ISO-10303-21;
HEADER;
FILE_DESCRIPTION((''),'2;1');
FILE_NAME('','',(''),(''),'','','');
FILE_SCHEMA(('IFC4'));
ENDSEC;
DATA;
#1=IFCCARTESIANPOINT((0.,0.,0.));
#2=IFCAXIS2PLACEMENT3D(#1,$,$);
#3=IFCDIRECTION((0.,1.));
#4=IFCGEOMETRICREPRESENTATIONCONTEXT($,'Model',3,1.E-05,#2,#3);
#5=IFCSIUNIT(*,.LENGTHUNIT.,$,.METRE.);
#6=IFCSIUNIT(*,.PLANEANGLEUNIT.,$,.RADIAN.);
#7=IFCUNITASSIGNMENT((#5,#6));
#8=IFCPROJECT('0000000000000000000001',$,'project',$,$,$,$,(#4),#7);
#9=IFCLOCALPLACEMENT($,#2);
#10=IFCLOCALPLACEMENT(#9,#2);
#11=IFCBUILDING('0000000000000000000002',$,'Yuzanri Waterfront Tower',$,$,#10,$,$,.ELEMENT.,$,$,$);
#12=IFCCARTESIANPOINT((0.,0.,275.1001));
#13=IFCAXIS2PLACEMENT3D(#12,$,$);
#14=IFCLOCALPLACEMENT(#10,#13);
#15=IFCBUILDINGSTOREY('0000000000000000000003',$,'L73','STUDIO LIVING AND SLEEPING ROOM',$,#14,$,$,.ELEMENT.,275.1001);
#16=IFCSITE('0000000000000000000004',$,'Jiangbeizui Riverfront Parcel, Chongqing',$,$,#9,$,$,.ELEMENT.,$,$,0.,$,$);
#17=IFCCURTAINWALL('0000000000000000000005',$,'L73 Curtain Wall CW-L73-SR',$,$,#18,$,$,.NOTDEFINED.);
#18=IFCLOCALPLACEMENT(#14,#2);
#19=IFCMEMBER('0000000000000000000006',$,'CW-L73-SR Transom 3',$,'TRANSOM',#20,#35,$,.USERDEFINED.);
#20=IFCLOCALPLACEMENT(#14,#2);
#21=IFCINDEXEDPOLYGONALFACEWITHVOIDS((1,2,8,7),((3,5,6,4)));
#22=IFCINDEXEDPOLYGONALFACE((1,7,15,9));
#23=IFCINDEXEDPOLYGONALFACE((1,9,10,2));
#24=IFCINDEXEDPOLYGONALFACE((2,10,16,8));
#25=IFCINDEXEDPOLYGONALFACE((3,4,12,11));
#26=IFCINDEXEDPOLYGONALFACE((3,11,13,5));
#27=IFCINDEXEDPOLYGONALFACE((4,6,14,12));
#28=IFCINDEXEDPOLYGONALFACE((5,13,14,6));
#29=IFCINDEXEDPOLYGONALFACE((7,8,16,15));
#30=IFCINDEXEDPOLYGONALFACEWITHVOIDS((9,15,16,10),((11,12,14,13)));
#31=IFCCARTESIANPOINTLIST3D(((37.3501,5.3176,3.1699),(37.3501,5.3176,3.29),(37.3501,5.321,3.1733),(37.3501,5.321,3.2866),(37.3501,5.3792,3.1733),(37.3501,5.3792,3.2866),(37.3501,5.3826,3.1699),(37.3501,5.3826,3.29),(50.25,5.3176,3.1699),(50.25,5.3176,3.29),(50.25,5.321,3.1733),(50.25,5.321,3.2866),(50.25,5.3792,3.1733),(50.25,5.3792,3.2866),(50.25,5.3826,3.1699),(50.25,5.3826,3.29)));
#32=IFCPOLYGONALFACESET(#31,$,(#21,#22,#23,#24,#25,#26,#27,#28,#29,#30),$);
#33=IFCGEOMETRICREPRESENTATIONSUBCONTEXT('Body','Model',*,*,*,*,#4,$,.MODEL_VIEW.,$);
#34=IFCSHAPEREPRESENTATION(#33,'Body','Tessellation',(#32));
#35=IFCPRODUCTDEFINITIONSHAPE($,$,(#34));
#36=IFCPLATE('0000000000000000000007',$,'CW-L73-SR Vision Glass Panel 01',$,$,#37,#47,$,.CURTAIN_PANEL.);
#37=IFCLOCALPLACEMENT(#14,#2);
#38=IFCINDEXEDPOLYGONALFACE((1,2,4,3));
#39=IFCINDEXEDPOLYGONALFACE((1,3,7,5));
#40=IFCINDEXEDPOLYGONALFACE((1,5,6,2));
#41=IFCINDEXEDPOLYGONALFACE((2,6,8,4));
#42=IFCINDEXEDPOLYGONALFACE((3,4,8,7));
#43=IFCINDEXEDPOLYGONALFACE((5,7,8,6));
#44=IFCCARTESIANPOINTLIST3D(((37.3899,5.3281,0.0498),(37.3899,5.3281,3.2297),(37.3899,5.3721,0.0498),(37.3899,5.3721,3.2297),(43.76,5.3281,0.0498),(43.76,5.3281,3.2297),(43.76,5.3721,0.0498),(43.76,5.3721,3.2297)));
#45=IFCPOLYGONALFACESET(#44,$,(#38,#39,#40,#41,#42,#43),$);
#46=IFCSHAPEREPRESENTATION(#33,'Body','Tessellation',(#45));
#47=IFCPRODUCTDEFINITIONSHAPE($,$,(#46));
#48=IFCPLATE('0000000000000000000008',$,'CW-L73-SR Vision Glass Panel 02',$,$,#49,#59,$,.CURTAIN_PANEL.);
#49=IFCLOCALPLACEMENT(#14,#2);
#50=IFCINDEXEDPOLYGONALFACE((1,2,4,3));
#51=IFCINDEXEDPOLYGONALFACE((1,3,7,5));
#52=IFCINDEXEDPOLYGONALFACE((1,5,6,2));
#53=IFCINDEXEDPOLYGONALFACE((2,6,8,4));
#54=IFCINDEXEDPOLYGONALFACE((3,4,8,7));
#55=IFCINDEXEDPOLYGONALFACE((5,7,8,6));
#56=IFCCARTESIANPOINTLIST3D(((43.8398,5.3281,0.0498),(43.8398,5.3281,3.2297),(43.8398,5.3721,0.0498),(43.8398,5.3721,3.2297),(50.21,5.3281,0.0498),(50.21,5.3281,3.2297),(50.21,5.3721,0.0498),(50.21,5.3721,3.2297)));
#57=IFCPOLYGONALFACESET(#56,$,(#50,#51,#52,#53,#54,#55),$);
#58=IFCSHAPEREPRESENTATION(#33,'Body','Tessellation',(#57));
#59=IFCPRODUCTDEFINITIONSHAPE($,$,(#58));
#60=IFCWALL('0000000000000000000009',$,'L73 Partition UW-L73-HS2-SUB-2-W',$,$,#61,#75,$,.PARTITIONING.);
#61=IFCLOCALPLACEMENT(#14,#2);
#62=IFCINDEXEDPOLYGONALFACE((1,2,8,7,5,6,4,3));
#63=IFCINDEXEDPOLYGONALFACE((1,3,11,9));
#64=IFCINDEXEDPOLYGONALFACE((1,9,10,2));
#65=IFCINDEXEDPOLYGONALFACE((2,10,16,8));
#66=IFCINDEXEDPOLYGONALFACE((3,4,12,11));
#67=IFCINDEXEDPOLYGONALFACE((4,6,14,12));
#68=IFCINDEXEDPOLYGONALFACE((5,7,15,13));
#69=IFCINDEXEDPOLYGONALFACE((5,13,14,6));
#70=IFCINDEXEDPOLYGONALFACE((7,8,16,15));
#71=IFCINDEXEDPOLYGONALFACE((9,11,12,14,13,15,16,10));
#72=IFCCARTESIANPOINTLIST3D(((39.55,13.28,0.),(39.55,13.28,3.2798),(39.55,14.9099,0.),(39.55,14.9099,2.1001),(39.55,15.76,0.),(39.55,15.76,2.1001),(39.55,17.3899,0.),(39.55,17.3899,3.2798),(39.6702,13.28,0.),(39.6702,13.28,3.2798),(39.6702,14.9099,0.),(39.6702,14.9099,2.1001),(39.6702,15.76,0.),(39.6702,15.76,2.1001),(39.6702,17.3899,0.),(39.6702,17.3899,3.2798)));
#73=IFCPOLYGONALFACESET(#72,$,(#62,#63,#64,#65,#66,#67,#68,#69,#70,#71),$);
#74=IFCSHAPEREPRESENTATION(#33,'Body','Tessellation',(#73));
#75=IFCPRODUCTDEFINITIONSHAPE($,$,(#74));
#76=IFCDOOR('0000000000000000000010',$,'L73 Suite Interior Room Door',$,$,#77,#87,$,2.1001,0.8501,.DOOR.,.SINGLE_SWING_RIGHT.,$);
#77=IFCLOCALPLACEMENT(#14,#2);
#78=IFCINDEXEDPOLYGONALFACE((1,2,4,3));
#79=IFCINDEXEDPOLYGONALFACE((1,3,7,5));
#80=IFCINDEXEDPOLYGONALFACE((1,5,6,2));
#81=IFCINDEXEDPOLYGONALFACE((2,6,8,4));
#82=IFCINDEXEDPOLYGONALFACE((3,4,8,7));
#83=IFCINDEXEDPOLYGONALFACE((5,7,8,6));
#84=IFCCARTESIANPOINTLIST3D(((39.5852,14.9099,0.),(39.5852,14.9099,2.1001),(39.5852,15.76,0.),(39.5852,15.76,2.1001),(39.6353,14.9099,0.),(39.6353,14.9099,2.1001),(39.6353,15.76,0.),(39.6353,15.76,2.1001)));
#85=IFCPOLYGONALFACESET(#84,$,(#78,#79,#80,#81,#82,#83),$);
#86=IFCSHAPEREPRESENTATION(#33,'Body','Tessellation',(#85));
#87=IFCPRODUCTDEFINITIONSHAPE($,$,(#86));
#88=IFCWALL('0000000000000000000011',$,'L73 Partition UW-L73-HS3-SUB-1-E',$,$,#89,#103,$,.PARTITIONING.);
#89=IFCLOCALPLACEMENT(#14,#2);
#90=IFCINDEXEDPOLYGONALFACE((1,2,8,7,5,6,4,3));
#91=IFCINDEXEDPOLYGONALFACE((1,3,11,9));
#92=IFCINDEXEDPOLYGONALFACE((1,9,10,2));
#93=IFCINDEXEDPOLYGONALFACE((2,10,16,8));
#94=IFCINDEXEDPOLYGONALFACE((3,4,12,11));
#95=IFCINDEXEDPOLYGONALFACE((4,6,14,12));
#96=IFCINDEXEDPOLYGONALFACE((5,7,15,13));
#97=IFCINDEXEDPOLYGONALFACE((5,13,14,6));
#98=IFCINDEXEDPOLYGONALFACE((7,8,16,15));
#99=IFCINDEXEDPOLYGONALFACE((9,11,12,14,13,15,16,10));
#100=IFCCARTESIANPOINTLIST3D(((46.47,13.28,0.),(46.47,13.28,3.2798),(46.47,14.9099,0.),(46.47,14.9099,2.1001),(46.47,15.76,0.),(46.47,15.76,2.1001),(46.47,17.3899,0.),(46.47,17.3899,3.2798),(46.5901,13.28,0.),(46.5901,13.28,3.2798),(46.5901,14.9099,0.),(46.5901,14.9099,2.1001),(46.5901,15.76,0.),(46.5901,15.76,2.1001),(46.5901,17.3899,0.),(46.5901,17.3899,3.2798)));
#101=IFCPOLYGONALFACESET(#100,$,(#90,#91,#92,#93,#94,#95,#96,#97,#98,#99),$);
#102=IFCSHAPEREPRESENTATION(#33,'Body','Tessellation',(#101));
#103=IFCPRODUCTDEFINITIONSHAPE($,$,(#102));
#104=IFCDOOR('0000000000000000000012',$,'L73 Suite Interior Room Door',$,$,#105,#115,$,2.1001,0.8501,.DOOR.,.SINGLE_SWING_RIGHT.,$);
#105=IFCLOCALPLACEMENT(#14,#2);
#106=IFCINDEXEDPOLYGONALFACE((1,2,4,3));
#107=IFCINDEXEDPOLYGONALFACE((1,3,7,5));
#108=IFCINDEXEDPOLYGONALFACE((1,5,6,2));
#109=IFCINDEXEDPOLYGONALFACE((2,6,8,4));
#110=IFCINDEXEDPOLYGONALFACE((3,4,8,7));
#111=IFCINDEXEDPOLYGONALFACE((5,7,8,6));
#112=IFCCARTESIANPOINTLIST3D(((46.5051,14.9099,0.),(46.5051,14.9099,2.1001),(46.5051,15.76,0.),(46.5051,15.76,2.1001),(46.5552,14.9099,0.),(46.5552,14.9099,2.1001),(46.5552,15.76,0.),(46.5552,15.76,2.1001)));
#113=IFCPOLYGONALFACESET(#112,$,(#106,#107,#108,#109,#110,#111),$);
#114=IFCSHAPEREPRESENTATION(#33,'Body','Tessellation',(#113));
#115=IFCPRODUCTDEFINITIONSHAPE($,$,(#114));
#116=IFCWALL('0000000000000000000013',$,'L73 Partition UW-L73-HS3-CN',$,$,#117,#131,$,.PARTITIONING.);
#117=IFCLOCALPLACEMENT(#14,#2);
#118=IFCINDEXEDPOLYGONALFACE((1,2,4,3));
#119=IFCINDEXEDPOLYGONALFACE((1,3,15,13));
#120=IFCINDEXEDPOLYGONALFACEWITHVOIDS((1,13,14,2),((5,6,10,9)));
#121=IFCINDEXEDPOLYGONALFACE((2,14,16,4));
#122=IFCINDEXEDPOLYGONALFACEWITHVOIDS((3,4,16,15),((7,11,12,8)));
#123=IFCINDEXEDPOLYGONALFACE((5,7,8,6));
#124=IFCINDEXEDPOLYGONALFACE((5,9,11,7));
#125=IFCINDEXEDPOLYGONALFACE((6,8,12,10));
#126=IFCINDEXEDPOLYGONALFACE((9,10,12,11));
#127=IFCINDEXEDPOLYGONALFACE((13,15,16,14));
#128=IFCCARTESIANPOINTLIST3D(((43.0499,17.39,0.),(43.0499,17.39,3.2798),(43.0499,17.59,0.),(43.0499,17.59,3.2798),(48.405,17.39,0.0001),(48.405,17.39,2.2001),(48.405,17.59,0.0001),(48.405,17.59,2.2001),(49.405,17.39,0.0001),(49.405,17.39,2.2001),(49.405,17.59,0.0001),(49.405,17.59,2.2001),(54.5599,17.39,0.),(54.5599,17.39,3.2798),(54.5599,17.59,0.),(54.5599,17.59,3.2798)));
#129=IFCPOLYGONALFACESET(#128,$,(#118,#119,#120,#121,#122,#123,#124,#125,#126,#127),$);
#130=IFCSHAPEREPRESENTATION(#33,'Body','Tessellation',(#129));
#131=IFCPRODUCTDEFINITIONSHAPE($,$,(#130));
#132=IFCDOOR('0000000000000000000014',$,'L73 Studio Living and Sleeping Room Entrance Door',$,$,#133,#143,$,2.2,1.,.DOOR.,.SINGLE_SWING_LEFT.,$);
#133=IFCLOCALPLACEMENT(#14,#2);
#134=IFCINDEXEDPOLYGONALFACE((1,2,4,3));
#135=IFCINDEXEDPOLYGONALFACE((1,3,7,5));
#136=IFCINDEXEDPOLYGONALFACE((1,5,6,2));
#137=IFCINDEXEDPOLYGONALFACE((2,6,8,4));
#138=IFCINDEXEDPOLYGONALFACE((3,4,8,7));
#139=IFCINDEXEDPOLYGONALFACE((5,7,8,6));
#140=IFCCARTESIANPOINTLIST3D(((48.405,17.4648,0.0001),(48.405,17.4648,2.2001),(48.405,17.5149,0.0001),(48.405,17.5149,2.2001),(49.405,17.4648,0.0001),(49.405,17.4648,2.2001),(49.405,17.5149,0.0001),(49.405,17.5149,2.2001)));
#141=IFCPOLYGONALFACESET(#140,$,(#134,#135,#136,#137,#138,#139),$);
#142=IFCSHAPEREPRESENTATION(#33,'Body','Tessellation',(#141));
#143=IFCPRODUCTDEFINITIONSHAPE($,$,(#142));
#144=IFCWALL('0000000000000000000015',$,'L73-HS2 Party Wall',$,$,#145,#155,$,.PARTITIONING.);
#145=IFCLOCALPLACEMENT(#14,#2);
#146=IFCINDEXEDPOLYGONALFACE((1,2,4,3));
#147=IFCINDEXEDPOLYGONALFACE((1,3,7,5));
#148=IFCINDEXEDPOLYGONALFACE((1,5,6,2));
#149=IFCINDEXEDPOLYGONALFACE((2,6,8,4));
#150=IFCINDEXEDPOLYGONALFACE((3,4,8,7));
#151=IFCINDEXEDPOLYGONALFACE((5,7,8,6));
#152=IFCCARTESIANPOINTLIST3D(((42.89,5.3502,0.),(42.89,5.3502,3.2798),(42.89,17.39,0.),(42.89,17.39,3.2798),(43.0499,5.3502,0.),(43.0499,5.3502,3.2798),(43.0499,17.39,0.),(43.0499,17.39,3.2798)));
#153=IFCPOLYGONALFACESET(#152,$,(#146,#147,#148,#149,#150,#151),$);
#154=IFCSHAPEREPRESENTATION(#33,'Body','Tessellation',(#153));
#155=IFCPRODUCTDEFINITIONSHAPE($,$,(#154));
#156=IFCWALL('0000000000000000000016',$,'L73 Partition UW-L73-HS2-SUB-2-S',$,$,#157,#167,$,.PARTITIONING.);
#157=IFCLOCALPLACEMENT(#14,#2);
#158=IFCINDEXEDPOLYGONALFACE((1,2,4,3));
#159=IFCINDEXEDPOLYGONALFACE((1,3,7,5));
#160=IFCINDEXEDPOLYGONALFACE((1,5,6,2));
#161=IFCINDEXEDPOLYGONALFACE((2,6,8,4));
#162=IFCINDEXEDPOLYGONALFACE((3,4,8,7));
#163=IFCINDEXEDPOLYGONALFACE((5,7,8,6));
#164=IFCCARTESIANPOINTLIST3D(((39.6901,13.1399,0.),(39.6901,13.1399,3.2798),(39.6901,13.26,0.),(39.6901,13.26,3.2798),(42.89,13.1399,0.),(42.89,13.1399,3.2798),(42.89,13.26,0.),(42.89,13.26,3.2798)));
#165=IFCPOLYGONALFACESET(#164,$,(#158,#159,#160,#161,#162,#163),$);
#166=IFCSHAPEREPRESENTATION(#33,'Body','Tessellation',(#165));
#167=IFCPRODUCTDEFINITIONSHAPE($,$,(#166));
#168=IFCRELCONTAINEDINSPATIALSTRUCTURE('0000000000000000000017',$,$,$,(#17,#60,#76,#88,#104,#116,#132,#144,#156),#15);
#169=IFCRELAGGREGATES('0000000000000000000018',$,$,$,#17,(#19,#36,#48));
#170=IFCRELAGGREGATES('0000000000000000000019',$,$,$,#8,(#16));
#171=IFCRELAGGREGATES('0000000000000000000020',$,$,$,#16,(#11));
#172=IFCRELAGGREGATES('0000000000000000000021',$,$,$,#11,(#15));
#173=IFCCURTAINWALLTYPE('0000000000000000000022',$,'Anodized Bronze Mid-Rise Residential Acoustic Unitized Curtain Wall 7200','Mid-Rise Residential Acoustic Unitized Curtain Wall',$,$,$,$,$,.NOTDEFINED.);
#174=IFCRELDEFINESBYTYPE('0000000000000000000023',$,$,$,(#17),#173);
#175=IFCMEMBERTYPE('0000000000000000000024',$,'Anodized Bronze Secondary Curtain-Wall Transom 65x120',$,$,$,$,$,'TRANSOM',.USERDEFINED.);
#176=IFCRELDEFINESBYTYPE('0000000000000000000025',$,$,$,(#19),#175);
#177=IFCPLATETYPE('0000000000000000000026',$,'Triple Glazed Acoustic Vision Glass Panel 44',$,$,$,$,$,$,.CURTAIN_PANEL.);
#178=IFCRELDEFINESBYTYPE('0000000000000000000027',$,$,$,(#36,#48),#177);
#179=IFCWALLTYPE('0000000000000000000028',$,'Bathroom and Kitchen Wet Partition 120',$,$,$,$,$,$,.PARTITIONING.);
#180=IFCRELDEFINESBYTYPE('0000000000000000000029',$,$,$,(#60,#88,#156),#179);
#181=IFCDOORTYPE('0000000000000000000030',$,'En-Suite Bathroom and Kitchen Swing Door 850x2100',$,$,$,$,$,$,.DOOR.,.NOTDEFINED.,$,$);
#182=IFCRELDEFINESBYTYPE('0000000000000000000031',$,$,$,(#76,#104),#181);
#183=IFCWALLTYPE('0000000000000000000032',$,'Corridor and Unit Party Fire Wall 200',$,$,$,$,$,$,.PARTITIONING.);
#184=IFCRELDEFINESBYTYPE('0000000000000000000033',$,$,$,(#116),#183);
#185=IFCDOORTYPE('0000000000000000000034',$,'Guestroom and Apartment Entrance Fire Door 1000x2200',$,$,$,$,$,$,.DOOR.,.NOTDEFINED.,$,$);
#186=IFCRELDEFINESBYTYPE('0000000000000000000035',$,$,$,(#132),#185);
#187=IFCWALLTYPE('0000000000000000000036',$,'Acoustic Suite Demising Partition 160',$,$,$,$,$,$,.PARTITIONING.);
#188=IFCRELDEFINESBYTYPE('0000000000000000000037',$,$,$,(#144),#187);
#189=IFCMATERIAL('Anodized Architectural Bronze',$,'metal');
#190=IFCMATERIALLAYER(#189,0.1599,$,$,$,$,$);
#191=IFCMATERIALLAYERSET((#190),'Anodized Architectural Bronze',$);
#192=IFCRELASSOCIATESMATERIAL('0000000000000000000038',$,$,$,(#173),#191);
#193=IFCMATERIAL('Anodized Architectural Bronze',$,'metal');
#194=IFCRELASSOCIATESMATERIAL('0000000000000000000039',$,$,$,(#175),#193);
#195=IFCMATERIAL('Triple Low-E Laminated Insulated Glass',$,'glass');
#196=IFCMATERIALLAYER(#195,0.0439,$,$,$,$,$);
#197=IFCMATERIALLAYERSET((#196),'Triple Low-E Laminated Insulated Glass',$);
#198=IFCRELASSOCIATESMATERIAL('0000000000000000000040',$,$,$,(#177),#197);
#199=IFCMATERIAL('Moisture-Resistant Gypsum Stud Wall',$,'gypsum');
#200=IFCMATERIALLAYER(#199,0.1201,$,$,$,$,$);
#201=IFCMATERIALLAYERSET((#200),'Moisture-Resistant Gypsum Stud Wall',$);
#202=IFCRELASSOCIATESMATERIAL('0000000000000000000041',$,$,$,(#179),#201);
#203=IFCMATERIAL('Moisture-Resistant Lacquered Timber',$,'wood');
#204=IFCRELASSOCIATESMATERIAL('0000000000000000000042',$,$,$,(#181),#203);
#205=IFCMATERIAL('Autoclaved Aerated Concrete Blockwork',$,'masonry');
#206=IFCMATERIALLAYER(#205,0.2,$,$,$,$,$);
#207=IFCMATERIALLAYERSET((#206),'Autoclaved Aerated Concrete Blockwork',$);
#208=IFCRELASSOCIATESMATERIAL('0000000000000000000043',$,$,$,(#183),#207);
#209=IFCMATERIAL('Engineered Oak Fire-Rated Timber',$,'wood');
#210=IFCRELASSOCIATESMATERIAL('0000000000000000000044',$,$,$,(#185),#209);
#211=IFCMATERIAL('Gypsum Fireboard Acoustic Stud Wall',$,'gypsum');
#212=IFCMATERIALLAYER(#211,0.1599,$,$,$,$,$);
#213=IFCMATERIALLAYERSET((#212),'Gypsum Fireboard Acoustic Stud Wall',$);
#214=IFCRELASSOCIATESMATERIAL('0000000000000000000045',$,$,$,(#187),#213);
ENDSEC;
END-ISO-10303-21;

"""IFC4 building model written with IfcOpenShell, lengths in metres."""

from ifc_helpers import new_model, si_unit, direction, frame, frame_2d, origin, origin_2d, place, context, subcontext, project, spatial, rectangle, hollow_rectangle, extrude, source, transform, mapped, material, layer, layer_set, material_profile, profile_set, type_object, element, fill, aggregate, save


model = new_model("IFC4")

# Units and contexts
model_context = context("Model", 3, precision=1e-05, world=origin(), true_north=direction((0.0, 1.0)))
body_context = subcontext(model_context, "Body", "Model", "MODEL_VIEW")
ifc_project = project(units=[si_unit("LENGTHUNIT", "METRE"), si_unit("PLANEANGLEUNIT", "RADIAN")], contexts=[model_context])

# Site, building, storey
site_placement = place(None, origin())
site = spatial("IfcSite", under=ifc_project, at=site_placement, Name="Jiangbeizui Riverfront Parcel, Chongqing", CompositionType="ELEMENT", RefElevation=0.0)
building_placement = place(site_placement, origin())
building = spatial("IfcBuilding", under=site, at=building_placement, Name="Yuzanri Waterfront Tower", CompositionType="ELEMENT")
storey_placement = place(building_placement, frame((0.0, 0.0, 275.1001)))
storey = spatial("IfcBuildingStorey", under=building, at=storey_placement, Name="L73", Description="STUDIO LIVING AND SLEEPING ROOM", CompositionType="ELEMENT", Elevation=275.1001)

# Curtain wall, member, plates
ifc_material_1 = material(Name="Anodized Architectural Bronze", Category="metal")
ifc_layer_1 = layer(ifc_material_1, 0.1599)
ifc_layer_set_1 = layer_set([ifc_layer_1], Name="Anodized Architectural Bronze")
curtain_wall_type = type_object("IfcCurtainWallType", Name="Anodized Bronze Mid-Rise Residential Acoustic Unitized Curtain Wall 7200", Description="Mid-Rise Residential Acoustic Unitized Curtain Wall", PredefinedType="NOTDEFINED", material=ifc_layer_set_1)
curtain_wall_placement = place(storey_placement, origin())
curtain_wall = element("IfcCurtainWall", 1, at=curtain_wall_placement, inside=storey, type_object=curtain_wall_type, Name="L73 Curtain Wall CW-L73-SR", PredefinedType="NOTDEFINED")
ifc_material_2 = material(Name="Anodized Architectural Bronze", Category="metal")
ifc_material_profile_1 = material_profile(ifc_material_2, hollow_rectangle(XDim=0.0649, YDim=0.1201, WallThickness=0.0034, at=origin_2d()), Name="CWT 65x120")
ifc_profile_set_1 = profile_set([ifc_material_profile_1], Name="Anodized Architectural Bronze")
member_type_1 = type_object("IfcMemberType", Name="Anodized Bronze Secondary Curtain-Wall Transom 65x120", ElementType="TRANSOM", PredefinedType="USERDEFINED", material=ifc_profile_set_1)
shared_shape_1 = source(origin(), body_context, "Body", "SweptSolid", [
    extrude(hollow_rectangle(XDim=0.0649, YDim=0.1201, WallThickness=0.0034, at=origin_2d()), origin(), (0.0, 0.0, 1.0), 12.8999),
])
member_1_placement = place(storey_placement, frame((37.3501, 5.3501, 3.23), z_axis=(1.0, 0.0, 0.0), x_axis=(0.0, 1.0, 0.0)))
member_1 = element("IfcMember", 2, at=member_1_placement, type_object=member_type_1, Name="CW-L73-SR Transom 3", ObjectType="TRANSOM", PredefinedType="USERDEFINED", context=body_context, shape_type="MappedRepresentation", body=[
    mapped(shared_shape_1, transform((0.0, 0.0, 0.0), scale=1.0)),
])
ifc_material_3 = material(Name="Triple Low-E Laminated Insulated Glass", Category="glass")
ifc_layer_2 = layer(ifc_material_3, 0.0439)
ifc_layer_set_2 = layer_set([ifc_layer_2], Name="Triple Low-E Laminated Insulated Glass")
plate_type = type_object("IfcPlateType", Name="Triple Glazed Acoustic Vision Glass Panel 44", PredefinedType="CURTAIN_PANEL", material=ifc_layer_set_2)
shared_shape_2 = source(origin(), body_context, "Body", "SweptSolid", [
    extrude(rectangle(XDim=6.3701, YDim=0.0439, at=origin_2d()), origin(), (0.0, 0.0, 1.0), 3.1799),
])
plate_1_placement = place(storey_placement, frame((40.575, 5.3501, 0.0498), z_axis=(0.0, 0.0, 1.0), x_axis=(1.0, 0.0, 0.0)))
plate_1 = element("IfcPlate", 3, at=plate_1_placement, type_object=plate_type, Name="CW-L73-SR Vision Glass Panel 01", PredefinedType="CURTAIN_PANEL", context=body_context, shape_type="MappedRepresentation", body=[
    mapped(shared_shape_2, transform((0.0, 0.0, 0.0), scale=1.0)),
])
plate_2_placement = place(storey_placement, frame((47.0249, 5.3501, 0.0498), z_axis=(0.0, 0.0, 1.0), x_axis=(1.0, 0.0, 0.0)))
plate_2 = element("IfcPlate", 4, at=plate_2_placement, type_object=plate_type, Name="CW-L73-SR Vision Glass Panel 02", PredefinedType="CURTAIN_PANEL", context=body_context, shape_type="MappedRepresentation", body=[
    mapped(shared_shape_2, transform((0.0, 0.0, 0.0), scale=1.0)),
])
aggregate(curtain_wall, [member_1, plate_1, plate_2])

# Walls, openings, doors
ifc_material_4 = material(Name="Moisture-Resistant Gypsum Stud Wall", Category="gypsum")
ifc_layer_3 = layer(ifc_material_4, 0.1201)
ifc_layer_set_3 = layer_set([ifc_layer_3], Name="Moisture-Resistant Gypsum Stud Wall")
wall_type_1 = type_object("IfcWallType", Name="Bathroom and Kitchen Wet Partition 120", PredefinedType="PARTITIONING", material=ifc_layer_set_3)
wall_1_placement = place(storey_placement, frame((39.6101, 13.28, 0.0), z_axis=(0.0, 0.0, 1.0), x_axis=(0.0, 1.0, 0.0)))
wall_1 = element("IfcWall", 5, at=wall_1_placement, inside=storey, type_object=wall_type_1, Name="L73 Partition UW-L73-HS2-SUB-2-W", PredefinedType="PARTITIONING", context=body_context, shape_type="SweptSolid", body=[
    extrude(rectangle(XDim=4.1099, YDim=0.1201, at=frame_2d((2.0549, 0.0))), origin(), (0.0, 0.0, 1.0), 3.2798),
])
opening_1_placement = place(wall_1_placement, frame((1.6299, 0.0, 0.0)))
opening_1 = element("IfcOpeningElement", 6, at=opening_1_placement, cuts=wall_1, PredefinedType="OPENING", context=body_context, shape_type="SweptSolid", body=[
    extrude(rectangle(XDim=0.8501, YDim=2.1001, at=frame_2d((0.425, 1.05))), frame((0.0, 0.075, 0.0), z_axis=(0.0, -1.0, 0.0), x_axis=(1.0, 0.0, 0.0)), (0.0, 0.0, 1.0), 0.1499),
])
ifc_material_5 = material(Name="Moisture-Resistant Lacquered Timber", Category="wood")
door_type_1 = type_object("IfcDoorType", Name="En-Suite Bathroom and Kitchen Swing Door 850x2100", OperationType="NOTDEFINED", PredefinedType="DOOR", material=ifc_material_5)
shared_shape_3 = source(origin(), body_context, "Body", "SweptSolid", [
    extrude(rectangle(XDim=0.8501, YDim=2.1001, at=frame_2d((0.425, 1.05))), frame((0.0, 0.0249, 0.0), z_axis=(0.0, -1.0, 0.0), x_axis=(1.0, 0.0, 0.0)), (0.0, 0.0, 1.0), 0.05),
])
door_1_placement = place(opening_1_placement, origin())
door_1 = element("IfcDoor", 7, at=door_1_placement, inside=storey, type_object=door_type_1, Name="L73 Suite Interior Room Door", OperationType="SINGLE_SWING_RIGHT", OverallHeight=2.1001, OverallWidth=0.8501, PredefinedType="DOOR", context=body_context, shape_type="MappedRepresentation", body=[
    mapped(shared_shape_3, transform((0.0, 0.0, 0.0), scale=1.0)),
])
fill(opening_1, door_1)
wall_2_placement = place(storey_placement, frame((46.53, 13.28, 0.0), z_axis=(0.0, 0.0, 1.0), x_axis=(0.0, 1.0, 0.0)))
wall_2 = element("IfcWall", 8, at=wall_2_placement, inside=storey, type_object=wall_type_1, Name="L73 Partition UW-L73-HS3-SUB-1-E", PredefinedType="PARTITIONING", context=body_context, shape_type="SweptSolid", body=[
    extrude(rectangle(XDim=4.1099, YDim=0.1201, at=frame_2d((2.0549, 0.0))), origin(), (0.0, 0.0, 1.0), 3.2798),
])
opening_2_placement = place(wall_2_placement, frame((1.6299, 0.0, 0.0)))
opening_2 = element("IfcOpeningElement", 9, at=opening_2_placement, cuts=wall_2, PredefinedType="OPENING", context=body_context, shape_type="SweptSolid", body=[
    extrude(rectangle(XDim=0.8501, YDim=2.1001, at=frame_2d((0.425, 1.05))), frame((0.0, 0.075, 0.0), z_axis=(0.0, -1.0, 0.0), x_axis=(1.0, 0.0, 0.0)), (0.0, 0.0, 1.0), 0.1499),
])
door_2_placement = place(opening_2_placement, origin())
door_2 = element("IfcDoor", 10, at=door_2_placement, inside=storey, type_object=door_type_1, Name="L73 Suite Interior Room Door", OperationType="SINGLE_SWING_RIGHT", OverallHeight=2.1001, OverallWidth=0.8501, PredefinedType="DOOR", context=body_context, shape_type="MappedRepresentation", body=[
    mapped(shared_shape_3, transform((0.0, 0.0, 0.0), scale=1.0)),
])
fill(opening_2, door_2)
ifc_material_6 = material(Name="Autoclaved Aerated Concrete Blockwork", Category="masonry")
ifc_layer_4 = layer(ifc_material_6, 0.2)
ifc_layer_set_4 = layer_set([ifc_layer_4], Name="Autoclaved Aerated Concrete Blockwork")
wall_type_2 = type_object("IfcWallType", Name="Corridor and Unit Party Fire Wall 200", PredefinedType="PARTITIONING", material=ifc_layer_set_4)
wall_3_placement = place(storey_placement, frame((43.05, 17.49, 0.0), z_axis=(0.0, 0.0, 1.0), x_axis=(1.0, 0.0, 0.0)))
wall_3 = element("IfcWall", 11, at=wall_3_placement, inside=storey, type_object=wall_type_2, Name="L73 Partition UW-L73-HS3-CN", PredefinedType="PARTITIONING", context=body_context, shape_type="SweptSolid", body=[
    extrude(rectangle(XDim=11.51, YDim=0.2, at=frame_2d((5.7549, 0.0))), origin(), (0.0, 0.0, 1.0), 3.2798),
])
opening_3_placement = place(wall_3_placement, frame((5.355, 0.0, 0.0)))
opening_3 = element("IfcOpeningElement", 12, at=opening_3_placement, cuts=wall_3, PredefinedType="OPENING", context=body_context, shape_type="SweptSolid", body=[
    extrude(rectangle(XDim=1.0, YDim=2.2, at=frame_2d((0.5, 1.1001))), frame((0.0, 0.1147, 0.0), z_axis=(0.0, -1.0, 0.0), x_axis=(1.0, 0.0, 0.0)), (0.0, 0.0, 1.0), 0.2297),
])
ifc_material_7 = material(Name="Engineered Oak Fire-Rated Timber", Category="wood")
door_type_2 = type_object("IfcDoorType", Name="Guestroom and Apartment Entrance Fire Door 1000x2200", OperationType="NOTDEFINED", PredefinedType="DOOR", material=ifc_material_7)
shared_shape_4 = source(origin(), body_context, "Body", "SweptSolid", [
    extrude(rectangle(XDim=1.0, YDim=2.2, at=frame_2d((0.5, 1.1001))), frame((0.0, 0.0249, 0.0), z_axis=(0.0, -1.0, 0.0), x_axis=(1.0, 0.0, 0.0)), (0.0, 0.0, 1.0), 0.05),
])
door_3_placement = place(opening_3_placement, origin())
door_3 = element("IfcDoor", 13, at=door_3_placement, inside=storey, type_object=door_type_2, Name="L73 Studio Living and Sleeping Room Entrance Door", OperationType="SINGLE_SWING_LEFT", OverallHeight=2.2, OverallWidth=1.0, PredefinedType="DOOR", context=body_context, shape_type="MappedRepresentation", body=[
    mapped(shared_shape_4, transform((0.0, 0.0, 0.0), scale=1.0)),
])
fill(opening_3, door_3)

# Walls
ifc_material_8 = material(Name="Gypsum Fireboard Acoustic Stud Wall", Category="gypsum")
ifc_layer_5 = layer(ifc_material_8, 0.1599)
ifc_layer_set_5 = layer_set([ifc_layer_5], Name="Gypsum Fireboard Acoustic Stud Wall")
wall_type_3 = type_object("IfcWallType", Name="Acoustic Suite Demising Partition 160", PredefinedType="PARTITIONING", material=ifc_layer_set_5)
shared_shape_5 = source(origin(), body_context, "Body", "SweptSolid", [
    extrude(rectangle(XDim=12.0398, YDim=0.1599, at=frame_2d((6.02, 0.0))), origin(), (0.0, 0.0, 1.0), 3.2798),
])
wall_4_placement = place(storey_placement, frame((42.97, 5.3501, 0.0), z_axis=(0.0, 0.0, 1.0), x_axis=(0.0, 1.0, 0.0)))
element("IfcWall", 14, at=wall_4_placement, inside=storey, type_object=wall_type_3, Name="L73-HS2 Party Wall", PredefinedType="PARTITIONING", context=body_context, shape_type="MappedRepresentation", body=[
    mapped(shared_shape_5, transform((0.0, 0.0, 0.0), scale=1.0)),
])
shared_shape_6 = source(origin(), body_context, "Body", "SweptSolid", [
    extrude(rectangle(XDim=3.2, YDim=0.1201, at=frame_2d((1.6001, 0.0))), origin(), (0.0, 0.0, 1.0), 3.2798),
])
wall_5_placement = place(storey_placement, frame((39.6899, 13.2, 0.0), z_axis=(0.0, 0.0, 1.0), x_axis=(1.0, 0.0, 0.0)))
element("IfcWall", 15, at=wall_5_placement, inside=storey, type_object=wall_type_1, Name="L73 Partition UW-L73-HS2-SUB-2-S", PredefinedType="PARTITIONING", context=body_context, shape_type="MappedRepresentation", body=[
    mapped(shared_shape_6, transform((0.0, 0.0, 0.0), scale=1.0)),
])

save(model, "model.ifc")
